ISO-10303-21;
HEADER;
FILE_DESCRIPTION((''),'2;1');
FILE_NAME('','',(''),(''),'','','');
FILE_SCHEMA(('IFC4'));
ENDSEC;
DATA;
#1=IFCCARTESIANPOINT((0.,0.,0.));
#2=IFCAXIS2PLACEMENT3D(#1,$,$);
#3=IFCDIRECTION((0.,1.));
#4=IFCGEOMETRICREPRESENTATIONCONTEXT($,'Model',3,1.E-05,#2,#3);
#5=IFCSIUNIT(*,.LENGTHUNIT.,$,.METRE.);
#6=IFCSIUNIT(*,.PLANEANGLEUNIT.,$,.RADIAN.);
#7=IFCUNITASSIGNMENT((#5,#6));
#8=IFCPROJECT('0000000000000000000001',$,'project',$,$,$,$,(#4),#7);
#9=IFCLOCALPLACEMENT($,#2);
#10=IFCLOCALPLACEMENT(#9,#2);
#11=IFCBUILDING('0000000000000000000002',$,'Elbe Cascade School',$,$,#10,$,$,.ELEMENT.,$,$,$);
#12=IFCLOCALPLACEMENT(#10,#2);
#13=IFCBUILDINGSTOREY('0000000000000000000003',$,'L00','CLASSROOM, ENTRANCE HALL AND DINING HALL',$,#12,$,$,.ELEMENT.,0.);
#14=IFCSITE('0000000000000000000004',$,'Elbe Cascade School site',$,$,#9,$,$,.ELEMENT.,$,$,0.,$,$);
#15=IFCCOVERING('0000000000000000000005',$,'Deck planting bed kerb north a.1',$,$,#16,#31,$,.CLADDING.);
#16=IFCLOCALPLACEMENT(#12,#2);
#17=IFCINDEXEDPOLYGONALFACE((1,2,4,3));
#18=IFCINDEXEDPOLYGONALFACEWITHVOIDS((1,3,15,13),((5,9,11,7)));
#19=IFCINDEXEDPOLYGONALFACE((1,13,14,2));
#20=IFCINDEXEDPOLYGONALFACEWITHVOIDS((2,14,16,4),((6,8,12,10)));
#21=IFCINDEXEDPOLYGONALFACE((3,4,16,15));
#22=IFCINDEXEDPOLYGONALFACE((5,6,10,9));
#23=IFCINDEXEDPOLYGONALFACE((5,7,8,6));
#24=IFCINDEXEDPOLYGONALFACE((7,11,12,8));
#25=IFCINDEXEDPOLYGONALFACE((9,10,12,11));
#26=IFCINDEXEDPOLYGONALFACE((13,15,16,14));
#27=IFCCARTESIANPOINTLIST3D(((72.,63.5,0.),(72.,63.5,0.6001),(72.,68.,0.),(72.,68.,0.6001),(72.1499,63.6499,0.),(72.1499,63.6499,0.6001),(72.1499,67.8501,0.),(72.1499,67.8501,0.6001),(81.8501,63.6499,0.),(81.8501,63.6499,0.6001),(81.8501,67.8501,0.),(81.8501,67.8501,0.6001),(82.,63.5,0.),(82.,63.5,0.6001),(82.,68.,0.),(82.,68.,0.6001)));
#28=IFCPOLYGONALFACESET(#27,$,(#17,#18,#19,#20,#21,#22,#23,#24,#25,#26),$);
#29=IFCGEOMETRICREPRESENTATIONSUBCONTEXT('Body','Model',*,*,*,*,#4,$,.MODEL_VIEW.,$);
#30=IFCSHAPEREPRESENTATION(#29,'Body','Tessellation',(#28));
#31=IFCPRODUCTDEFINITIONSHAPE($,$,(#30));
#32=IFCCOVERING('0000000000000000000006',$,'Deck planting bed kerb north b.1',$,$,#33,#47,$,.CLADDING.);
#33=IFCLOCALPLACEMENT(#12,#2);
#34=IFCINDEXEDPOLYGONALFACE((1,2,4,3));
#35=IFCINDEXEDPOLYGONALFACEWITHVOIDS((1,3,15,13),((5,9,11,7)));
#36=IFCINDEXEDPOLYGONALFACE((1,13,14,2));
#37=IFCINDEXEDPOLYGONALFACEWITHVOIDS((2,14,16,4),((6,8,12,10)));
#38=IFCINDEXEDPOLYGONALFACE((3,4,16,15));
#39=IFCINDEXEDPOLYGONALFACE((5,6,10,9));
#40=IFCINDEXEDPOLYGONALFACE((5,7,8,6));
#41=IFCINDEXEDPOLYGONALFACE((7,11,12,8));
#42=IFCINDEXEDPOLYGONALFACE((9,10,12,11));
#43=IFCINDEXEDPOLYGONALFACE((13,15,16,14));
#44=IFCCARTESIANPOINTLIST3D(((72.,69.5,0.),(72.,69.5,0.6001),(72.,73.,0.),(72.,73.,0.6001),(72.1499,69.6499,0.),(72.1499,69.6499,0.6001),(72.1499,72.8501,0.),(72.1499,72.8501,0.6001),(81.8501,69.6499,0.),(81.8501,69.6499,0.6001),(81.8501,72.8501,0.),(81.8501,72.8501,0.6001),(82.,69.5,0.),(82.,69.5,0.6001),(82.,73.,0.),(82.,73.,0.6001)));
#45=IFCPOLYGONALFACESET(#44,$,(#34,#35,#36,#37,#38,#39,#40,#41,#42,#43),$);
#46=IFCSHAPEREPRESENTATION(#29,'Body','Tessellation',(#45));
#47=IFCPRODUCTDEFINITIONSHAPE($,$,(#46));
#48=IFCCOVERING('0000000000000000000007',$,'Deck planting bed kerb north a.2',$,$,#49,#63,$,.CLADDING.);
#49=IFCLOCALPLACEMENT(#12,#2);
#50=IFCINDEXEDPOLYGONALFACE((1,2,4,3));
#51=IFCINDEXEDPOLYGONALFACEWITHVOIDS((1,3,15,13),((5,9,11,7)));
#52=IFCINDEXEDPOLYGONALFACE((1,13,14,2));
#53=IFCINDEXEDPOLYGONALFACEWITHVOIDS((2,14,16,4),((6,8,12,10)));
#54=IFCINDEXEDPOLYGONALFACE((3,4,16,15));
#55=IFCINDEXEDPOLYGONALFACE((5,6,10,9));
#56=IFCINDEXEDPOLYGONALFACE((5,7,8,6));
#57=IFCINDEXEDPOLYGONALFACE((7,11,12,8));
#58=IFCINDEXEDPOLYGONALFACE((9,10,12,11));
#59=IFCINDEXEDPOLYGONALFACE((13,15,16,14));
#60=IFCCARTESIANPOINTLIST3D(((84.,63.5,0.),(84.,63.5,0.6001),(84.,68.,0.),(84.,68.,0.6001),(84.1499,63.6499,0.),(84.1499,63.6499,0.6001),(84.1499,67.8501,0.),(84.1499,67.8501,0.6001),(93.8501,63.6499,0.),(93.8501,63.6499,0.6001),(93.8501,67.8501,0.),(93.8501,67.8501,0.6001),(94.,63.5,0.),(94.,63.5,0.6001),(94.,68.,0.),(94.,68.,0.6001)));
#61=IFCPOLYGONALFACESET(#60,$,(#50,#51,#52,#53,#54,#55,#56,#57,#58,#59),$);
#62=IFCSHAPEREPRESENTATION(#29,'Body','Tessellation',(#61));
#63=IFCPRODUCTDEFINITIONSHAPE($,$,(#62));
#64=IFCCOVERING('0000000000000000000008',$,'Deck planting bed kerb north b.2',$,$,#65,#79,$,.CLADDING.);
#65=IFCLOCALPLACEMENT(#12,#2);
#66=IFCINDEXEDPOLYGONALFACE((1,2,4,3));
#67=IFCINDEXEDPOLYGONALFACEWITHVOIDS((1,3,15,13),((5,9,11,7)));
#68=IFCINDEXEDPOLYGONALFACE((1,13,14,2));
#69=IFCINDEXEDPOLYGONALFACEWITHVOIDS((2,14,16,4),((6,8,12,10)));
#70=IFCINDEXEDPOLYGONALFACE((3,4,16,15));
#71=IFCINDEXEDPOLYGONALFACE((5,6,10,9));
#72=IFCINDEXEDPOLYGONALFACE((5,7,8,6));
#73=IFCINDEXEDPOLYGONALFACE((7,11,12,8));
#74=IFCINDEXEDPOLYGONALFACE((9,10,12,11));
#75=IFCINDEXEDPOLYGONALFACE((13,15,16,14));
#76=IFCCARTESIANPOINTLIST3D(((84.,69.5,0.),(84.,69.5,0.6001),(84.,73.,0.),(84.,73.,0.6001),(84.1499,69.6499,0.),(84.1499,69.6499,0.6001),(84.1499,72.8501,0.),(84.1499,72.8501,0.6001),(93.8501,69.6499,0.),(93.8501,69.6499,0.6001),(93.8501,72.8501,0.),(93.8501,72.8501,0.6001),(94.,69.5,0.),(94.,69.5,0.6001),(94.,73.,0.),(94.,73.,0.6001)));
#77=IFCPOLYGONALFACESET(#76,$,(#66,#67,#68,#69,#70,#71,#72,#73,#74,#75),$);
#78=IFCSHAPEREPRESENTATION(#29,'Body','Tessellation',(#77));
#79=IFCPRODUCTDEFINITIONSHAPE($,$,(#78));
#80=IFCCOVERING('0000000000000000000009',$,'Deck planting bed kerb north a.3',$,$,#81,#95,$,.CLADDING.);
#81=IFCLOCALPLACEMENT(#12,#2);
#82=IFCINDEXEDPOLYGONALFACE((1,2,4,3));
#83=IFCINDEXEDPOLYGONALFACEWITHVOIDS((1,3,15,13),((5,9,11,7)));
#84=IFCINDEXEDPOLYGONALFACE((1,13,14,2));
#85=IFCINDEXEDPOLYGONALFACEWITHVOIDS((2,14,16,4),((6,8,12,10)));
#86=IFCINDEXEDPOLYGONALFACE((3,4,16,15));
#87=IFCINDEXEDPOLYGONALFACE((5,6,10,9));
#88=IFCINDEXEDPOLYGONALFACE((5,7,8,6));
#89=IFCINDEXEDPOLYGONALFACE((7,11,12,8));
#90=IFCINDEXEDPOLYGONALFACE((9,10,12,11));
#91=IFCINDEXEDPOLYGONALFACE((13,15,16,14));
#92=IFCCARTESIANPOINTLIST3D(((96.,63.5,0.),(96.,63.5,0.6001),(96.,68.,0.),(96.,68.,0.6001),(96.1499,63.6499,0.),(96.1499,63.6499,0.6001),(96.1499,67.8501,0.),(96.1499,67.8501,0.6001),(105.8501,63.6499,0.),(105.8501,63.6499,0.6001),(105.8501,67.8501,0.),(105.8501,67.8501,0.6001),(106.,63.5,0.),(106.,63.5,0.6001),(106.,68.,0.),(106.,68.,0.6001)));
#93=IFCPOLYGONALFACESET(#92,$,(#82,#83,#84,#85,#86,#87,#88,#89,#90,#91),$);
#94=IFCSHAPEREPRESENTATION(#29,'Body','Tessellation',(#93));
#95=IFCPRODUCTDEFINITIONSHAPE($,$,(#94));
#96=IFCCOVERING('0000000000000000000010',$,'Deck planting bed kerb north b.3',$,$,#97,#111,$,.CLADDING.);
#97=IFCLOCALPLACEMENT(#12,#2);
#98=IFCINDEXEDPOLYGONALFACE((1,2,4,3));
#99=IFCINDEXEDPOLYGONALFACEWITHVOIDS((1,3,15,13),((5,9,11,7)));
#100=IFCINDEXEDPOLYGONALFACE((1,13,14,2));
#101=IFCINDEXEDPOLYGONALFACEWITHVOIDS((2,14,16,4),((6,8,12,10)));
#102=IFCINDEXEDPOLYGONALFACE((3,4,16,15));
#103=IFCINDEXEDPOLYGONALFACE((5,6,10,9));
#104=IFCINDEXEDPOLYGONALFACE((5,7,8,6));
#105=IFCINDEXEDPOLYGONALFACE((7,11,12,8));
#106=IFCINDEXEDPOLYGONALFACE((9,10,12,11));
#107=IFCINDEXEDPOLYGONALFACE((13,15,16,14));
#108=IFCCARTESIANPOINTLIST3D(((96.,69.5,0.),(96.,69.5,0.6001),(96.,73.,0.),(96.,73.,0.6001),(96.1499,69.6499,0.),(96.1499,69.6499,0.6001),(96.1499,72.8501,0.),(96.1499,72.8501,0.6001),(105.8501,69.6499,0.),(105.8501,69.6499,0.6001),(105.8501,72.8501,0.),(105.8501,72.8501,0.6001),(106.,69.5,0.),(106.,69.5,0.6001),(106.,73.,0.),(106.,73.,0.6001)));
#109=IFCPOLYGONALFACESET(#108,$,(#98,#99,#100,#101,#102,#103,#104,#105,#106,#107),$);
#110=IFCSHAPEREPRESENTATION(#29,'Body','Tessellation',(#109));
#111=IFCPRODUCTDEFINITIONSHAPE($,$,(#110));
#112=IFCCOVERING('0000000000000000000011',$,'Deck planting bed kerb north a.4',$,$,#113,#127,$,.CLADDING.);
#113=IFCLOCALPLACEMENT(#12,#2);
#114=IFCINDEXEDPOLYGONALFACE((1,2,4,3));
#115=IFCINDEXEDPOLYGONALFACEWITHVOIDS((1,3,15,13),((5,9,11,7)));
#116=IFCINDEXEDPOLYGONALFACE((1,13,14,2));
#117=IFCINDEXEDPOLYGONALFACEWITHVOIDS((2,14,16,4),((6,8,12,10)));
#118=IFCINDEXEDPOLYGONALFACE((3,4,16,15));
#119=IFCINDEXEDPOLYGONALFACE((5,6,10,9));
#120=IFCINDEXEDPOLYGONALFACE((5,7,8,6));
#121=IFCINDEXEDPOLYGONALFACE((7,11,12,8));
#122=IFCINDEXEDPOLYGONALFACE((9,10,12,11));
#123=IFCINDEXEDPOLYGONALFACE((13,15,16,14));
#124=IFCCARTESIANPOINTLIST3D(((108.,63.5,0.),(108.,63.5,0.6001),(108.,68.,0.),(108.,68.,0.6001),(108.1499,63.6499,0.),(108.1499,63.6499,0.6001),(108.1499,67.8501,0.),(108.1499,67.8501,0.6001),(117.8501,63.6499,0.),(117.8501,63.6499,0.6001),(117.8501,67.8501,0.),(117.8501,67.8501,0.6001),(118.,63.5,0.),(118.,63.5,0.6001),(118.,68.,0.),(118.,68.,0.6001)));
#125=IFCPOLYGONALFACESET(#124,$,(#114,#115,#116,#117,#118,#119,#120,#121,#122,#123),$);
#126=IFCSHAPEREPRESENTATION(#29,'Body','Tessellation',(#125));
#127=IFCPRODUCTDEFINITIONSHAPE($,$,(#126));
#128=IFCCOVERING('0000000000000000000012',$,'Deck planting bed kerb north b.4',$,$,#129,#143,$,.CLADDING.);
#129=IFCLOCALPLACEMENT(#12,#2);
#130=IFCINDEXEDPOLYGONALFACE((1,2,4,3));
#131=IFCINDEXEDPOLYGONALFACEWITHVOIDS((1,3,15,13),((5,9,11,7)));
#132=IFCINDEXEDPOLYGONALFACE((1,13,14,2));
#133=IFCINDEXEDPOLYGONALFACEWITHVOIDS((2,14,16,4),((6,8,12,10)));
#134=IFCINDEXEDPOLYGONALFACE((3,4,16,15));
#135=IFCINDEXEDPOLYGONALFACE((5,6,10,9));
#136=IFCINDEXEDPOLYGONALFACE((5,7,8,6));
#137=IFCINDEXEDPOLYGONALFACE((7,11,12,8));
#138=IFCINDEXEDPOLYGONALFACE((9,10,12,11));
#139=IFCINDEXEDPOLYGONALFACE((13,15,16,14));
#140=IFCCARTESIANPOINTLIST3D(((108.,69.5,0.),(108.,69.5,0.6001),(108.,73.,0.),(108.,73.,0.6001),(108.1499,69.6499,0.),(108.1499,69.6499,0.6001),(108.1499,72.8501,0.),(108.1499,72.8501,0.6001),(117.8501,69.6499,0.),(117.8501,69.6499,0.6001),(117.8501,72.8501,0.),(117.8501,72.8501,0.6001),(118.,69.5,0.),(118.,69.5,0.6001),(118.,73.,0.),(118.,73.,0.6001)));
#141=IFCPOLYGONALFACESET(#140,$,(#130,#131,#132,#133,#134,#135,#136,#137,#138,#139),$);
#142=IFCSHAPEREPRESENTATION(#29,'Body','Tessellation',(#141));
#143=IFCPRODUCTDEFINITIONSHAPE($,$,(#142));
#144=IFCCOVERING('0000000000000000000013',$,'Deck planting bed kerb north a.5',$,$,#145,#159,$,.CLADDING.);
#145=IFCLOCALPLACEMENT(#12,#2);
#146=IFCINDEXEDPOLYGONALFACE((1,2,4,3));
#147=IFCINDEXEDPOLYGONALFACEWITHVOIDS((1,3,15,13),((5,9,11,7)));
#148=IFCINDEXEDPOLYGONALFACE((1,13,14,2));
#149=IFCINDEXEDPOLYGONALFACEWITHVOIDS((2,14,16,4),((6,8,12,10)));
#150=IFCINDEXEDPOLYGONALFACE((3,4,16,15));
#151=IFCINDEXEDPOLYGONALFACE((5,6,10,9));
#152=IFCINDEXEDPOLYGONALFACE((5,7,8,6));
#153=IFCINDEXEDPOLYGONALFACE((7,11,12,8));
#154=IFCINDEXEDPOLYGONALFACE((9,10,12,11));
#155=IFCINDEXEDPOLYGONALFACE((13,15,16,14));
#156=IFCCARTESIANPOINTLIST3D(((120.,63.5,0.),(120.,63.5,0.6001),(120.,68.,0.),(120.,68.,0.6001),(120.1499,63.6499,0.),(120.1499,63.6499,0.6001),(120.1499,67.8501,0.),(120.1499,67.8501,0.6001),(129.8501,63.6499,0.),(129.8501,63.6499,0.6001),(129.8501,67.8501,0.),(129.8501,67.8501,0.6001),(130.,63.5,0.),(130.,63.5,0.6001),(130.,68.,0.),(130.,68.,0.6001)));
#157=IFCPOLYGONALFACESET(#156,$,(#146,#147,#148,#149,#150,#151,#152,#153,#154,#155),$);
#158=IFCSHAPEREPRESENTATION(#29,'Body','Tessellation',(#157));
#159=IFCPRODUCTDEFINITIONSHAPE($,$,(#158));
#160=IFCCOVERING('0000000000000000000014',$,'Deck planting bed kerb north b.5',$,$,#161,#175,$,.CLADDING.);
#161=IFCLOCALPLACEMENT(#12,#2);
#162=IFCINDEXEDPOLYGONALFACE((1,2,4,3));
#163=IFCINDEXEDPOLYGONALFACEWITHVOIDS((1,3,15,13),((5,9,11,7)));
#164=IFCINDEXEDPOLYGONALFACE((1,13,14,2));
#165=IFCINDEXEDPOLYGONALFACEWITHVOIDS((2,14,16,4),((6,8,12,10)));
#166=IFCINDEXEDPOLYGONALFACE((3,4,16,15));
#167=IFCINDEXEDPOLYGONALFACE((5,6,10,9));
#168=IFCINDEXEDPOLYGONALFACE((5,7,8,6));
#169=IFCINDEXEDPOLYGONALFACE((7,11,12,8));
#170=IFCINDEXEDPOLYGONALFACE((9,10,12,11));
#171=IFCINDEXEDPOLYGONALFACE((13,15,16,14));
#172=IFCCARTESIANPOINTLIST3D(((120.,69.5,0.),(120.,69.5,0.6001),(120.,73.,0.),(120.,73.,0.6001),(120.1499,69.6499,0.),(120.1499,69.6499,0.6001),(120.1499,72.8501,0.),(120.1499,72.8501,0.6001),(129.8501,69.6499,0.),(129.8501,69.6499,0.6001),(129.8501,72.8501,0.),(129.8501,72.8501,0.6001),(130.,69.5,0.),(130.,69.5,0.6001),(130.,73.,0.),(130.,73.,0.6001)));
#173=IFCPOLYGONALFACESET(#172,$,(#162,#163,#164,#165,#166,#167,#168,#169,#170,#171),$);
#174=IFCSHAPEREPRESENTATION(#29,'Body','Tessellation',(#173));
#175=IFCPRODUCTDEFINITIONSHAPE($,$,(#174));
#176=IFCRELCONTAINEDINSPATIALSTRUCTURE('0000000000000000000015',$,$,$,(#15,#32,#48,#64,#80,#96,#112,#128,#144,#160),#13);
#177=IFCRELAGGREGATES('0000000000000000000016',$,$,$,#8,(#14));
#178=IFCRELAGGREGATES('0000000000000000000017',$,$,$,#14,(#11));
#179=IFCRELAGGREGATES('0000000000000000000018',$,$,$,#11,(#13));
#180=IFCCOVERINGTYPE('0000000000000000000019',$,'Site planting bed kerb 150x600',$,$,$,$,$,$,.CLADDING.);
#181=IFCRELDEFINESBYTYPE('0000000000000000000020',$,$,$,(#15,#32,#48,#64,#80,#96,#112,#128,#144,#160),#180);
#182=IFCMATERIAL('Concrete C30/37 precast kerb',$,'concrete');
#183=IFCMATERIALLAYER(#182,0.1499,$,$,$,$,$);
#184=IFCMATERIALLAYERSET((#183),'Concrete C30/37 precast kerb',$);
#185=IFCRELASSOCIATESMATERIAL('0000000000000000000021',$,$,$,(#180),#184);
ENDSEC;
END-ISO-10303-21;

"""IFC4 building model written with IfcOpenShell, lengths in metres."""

from ifc_helpers import new_model, si_unit, direction, origin, place, context, subcontext, project, spatial, polyline, outline, extrude, material, layer, layer_set, type_object, element, save


model = new_model("IFC4")

# Units and contexts
model_context = context("Model", 3, precision=1e-05, world=origin(), true_north=direction((0.0, 1.0)))
body_context = subcontext(model_context, "Body", "Model", "MODEL_VIEW")
ifc_project = project(units=[si_unit("LENGTHUNIT", "METRE"), si_unit("PLANEANGLEUNIT", "RADIAN")], contexts=[model_context])

# Site, building, storey
site_placement = place(None, origin())
site = spatial("IfcSite", under=ifc_project, at=site_placement, Name="Elbe Cascade School site", CompositionType="ELEMENT", RefElevation=0.0)
building_placement = place(site_placement, origin())
building = spatial("IfcBuilding", under=site, at=building_placement, Name="Elbe Cascade School", CompositionType="ELEMENT")
storey_placement = place(building_placement, origin())
storey = spatial("IfcBuildingStorey", under=building, at=storey_placement, Name="L00", Description="CLASSROOM, ENTRANCE HALL AND DINING HALL", CompositionType="ELEMENT", Elevation=0.0)

# Coverings
ifc_material_1 = material(Name="Concrete C30/37 precast kerb", Category="concrete")
ifc_layer_1 = layer(ifc_material_1, 0.1499)
ifc_layer_set_1 = layer_set([ifc_layer_1], Name="Concrete C30/37 precast kerb")
covering_type_1 = type_object("IfcCoveringType", Name="Site planting bed kerb 150x600", PredefinedType="CLADDING", material=ifc_layer_set_1)
covering_1_placement = place(storey_placement, origin())
element("IfcCovering", 1, at=covering_1_placement, inside=storey, type_object=covering_type_1, Name="Deck planting bed kerb north a.1", PredefinedType="CLADDING", context=body_context, shape_type="SweptSolid", body=[
    extrude(outline(polyline([(72.0, 63.5), (82.0, 63.5), (82.0, 68.0), (72.0, 68.0), (72.0, 63.5)]), holes=[polyline([(72.1499, 63.6499), (81.8501, 63.6499), (81.8501, 67.8501), (72.1499, 67.8501), (72.1499, 63.6499)])]), origin(), (0.0, 0.0, 1.0), 0.6001),
])
covering_2_placement = place(storey_placement, origin())
element("IfcCovering", 2, at=covering_2_placement, inside=storey, type_object=covering_type_1, Name="Deck planting bed kerb north b.1", PredefinedType="CLADDING", context=body_context, shape_type="SweptSolid", body=[
    extrude(outline(polyline([(72.0, 69.5), (82.0, 69.5), (82.0, 73.0), (72.0, 73.0), (72.0, 69.5)]), holes=[polyline([(72.1499, 69.6499), (81.8501, 69.6499), (81.8501, 72.8501), (72.1499, 72.8501), (72.1499, 69.6499)])]), origin(), (0.0, 0.0, 1.0), 0.6001),
])
covering_3_placement = place(storey_placement, origin())
element("IfcCovering", 3, at=covering_3_placement, inside=storey, type_object=covering_type_1, Name="Deck planting bed kerb north a.2", PredefinedType="CLADDING", context=body_context, shape_type="SweptSolid", body=[
    extrude(outline(polyline([(84.0, 63.5), (94.0, 63.5), (94.0, 68.0), (84.0, 68.0), (84.0, 63.5)]), holes=[polyline([(84.1499, 63.6499), (93.8501, 63.6499), (93.8501, 67.8501), (84.1499, 67.8501), (84.1499, 63.6499)])]), origin(), (0.0, 0.0, 1.0), 0.6001),
])
covering_4_placement = place(storey_placement, origin())
element("IfcCovering", 4, at=covering_4_placement, inside=storey, type_object=covering_type_1, Name="Deck planting bed kerb north b.2", PredefinedType="CLADDING", context=body_context, shape_type="SweptSolid", body=[
    extrude(outline(polyline([(84.0, 69.5), (94.0, 69.5), (94.0, 73.0), (84.0, 73.0), (84.0, 69.5)]), holes=[polyline([(84.1499, 69.6499), (93.8501, 69.6499), (93.8501, 72.8501), (84.1499, 72.8501), (84.1499, 69.6499)])]), origin(), (0.0, 0.0, 1.0), 0.6001),
])
covering_5_placement = place(storey_placement, origin())
element("IfcCovering", 5, at=covering_5_placement, inside=storey, type_object=covering_type_1, Name="Deck planting bed kerb north a.3", PredefinedType="CLADDING", context=body_context, shape_type="SweptSolid", body=[
    extrude(outline(polyline([(96.0, 63.5), (106.0, 63.5), (106.0, 68.0), (96.0, 68.0), (96.0, 63.5)]), holes=[polyline([(96.1499, 63.6499), (105.8501, 63.6499), (105.8501, 67.8501), (96.1499, 67.8501), (96.1499, 63.6499)])]), origin(), (0.0, 0.0, 1.0), 0.6001),
])
covering_6_placement = place(storey_placement, origin())
element("IfcCovering", 6, at=covering_6_placement, inside=storey, type_object=covering_type_1, Name="Deck planting bed kerb north b.3", PredefinedType="CLADDING", context=body_context, shape_type="SweptSolid", body=[
    extrude(outline(polyline([(96.0, 69.5), (106.0, 69.5), (106.0, 73.0), (96.0, 73.0), (96.0, 69.5)]), holes=[polyline([(96.1499, 69.6499), (105.8501, 69.6499), (105.8501, 72.8501), (96.1499, 72.8501), (96.1499, 69.6499)])]), origin(), (0.0, 0.0, 1.0), 0.6001),
])
covering_7_placement = place(storey_placement, origin())
element("IfcCovering", 7, at=covering_7_placement, inside=storey, type_object=covering_type_1, Name="Deck planting bed kerb north a.4", PredefinedType="CLADDING", context=body_context, shape_type="SweptSolid", body=[
    extrude(outline(polyline([(108.0, 63.5), (118.0, 63.5), (118.0, 68.0), (108.0, 68.0), (108.0, 63.5)]), holes=[polyline([(108.1499, 63.6499), (117.8501, 63.6499), (117.8501, 67.8501), (108.1499, 67.8501), (108.1499, 63.6499)])]), origin(), (0.0, 0.0, 1.0), 0.6001),
])
covering_8_placement = place(storey_placement, origin())
element("IfcCovering", 8, at=covering_8_placement, inside=storey, type_object=covering_type_1, Name="Deck planting bed kerb north b.4", PredefinedType="CLADDING", context=body_context, shape_type="SweptSolid", body=[
    extrude(outline(polyline([(108.0, 69.5), (118.0, 69.5), (118.0, 73.0), (108.0, 73.0), (108.0, 69.5)]), holes=[polyline([(108.1499, 69.6499), (117.8501, 69.6499), (117.8501, 72.8501), (108.1499, 72.8501), (108.1499, 69.6499)])]), origin(), (0.0, 0.0, 1.0), 0.6001),
])
covering_9_placement = place(storey_placement, origin())
element("IfcCovering", 9, at=covering_9_placement, inside=storey, type_object=covering_type_1, Name="Deck planting bed kerb north a.5", PredefinedType="CLADDING", context=body_context, shape_type="SweptSolid", body=[
    extrude(outline(polyline([(120.0, 63.5), (130.0, 63.5), (130.0, 68.0), (120.0, 68.0), (120.0, 63.5)]), holes=[polyline([(120.1499, 63.6499), (129.8501, 63.6499), (129.8501, 67.8501), (120.1499, 67.8501), (120.1499, 63.6499)])]), origin(), (0.0, 0.0, 1.0), 0.6001),
])
covering_10_placement = place(storey_placement, origin())
element("IfcCovering", 10, at=covering_10_placement, inside=storey, type_object=covering_type_1, Name="Deck planting bed kerb north b.5", PredefinedType="CLADDING", context=body_context, shape_type="SweptSolid", body=[
    extrude(outline(polyline([(120.0, 69.5), (130.0, 69.5), (130.0, 73.0), (120.0, 73.0), (120.0, 69.5)]), holes=[polyline([(120.1499, 69.6499), (129.8501, 69.6499), (129.8501, 72.8501), (120.1499, 72.8501), (120.1499, 69.6499)])]), origin(), (0.0, 0.0, 1.0), 0.6001),
])

save(model, "model.ifc")
